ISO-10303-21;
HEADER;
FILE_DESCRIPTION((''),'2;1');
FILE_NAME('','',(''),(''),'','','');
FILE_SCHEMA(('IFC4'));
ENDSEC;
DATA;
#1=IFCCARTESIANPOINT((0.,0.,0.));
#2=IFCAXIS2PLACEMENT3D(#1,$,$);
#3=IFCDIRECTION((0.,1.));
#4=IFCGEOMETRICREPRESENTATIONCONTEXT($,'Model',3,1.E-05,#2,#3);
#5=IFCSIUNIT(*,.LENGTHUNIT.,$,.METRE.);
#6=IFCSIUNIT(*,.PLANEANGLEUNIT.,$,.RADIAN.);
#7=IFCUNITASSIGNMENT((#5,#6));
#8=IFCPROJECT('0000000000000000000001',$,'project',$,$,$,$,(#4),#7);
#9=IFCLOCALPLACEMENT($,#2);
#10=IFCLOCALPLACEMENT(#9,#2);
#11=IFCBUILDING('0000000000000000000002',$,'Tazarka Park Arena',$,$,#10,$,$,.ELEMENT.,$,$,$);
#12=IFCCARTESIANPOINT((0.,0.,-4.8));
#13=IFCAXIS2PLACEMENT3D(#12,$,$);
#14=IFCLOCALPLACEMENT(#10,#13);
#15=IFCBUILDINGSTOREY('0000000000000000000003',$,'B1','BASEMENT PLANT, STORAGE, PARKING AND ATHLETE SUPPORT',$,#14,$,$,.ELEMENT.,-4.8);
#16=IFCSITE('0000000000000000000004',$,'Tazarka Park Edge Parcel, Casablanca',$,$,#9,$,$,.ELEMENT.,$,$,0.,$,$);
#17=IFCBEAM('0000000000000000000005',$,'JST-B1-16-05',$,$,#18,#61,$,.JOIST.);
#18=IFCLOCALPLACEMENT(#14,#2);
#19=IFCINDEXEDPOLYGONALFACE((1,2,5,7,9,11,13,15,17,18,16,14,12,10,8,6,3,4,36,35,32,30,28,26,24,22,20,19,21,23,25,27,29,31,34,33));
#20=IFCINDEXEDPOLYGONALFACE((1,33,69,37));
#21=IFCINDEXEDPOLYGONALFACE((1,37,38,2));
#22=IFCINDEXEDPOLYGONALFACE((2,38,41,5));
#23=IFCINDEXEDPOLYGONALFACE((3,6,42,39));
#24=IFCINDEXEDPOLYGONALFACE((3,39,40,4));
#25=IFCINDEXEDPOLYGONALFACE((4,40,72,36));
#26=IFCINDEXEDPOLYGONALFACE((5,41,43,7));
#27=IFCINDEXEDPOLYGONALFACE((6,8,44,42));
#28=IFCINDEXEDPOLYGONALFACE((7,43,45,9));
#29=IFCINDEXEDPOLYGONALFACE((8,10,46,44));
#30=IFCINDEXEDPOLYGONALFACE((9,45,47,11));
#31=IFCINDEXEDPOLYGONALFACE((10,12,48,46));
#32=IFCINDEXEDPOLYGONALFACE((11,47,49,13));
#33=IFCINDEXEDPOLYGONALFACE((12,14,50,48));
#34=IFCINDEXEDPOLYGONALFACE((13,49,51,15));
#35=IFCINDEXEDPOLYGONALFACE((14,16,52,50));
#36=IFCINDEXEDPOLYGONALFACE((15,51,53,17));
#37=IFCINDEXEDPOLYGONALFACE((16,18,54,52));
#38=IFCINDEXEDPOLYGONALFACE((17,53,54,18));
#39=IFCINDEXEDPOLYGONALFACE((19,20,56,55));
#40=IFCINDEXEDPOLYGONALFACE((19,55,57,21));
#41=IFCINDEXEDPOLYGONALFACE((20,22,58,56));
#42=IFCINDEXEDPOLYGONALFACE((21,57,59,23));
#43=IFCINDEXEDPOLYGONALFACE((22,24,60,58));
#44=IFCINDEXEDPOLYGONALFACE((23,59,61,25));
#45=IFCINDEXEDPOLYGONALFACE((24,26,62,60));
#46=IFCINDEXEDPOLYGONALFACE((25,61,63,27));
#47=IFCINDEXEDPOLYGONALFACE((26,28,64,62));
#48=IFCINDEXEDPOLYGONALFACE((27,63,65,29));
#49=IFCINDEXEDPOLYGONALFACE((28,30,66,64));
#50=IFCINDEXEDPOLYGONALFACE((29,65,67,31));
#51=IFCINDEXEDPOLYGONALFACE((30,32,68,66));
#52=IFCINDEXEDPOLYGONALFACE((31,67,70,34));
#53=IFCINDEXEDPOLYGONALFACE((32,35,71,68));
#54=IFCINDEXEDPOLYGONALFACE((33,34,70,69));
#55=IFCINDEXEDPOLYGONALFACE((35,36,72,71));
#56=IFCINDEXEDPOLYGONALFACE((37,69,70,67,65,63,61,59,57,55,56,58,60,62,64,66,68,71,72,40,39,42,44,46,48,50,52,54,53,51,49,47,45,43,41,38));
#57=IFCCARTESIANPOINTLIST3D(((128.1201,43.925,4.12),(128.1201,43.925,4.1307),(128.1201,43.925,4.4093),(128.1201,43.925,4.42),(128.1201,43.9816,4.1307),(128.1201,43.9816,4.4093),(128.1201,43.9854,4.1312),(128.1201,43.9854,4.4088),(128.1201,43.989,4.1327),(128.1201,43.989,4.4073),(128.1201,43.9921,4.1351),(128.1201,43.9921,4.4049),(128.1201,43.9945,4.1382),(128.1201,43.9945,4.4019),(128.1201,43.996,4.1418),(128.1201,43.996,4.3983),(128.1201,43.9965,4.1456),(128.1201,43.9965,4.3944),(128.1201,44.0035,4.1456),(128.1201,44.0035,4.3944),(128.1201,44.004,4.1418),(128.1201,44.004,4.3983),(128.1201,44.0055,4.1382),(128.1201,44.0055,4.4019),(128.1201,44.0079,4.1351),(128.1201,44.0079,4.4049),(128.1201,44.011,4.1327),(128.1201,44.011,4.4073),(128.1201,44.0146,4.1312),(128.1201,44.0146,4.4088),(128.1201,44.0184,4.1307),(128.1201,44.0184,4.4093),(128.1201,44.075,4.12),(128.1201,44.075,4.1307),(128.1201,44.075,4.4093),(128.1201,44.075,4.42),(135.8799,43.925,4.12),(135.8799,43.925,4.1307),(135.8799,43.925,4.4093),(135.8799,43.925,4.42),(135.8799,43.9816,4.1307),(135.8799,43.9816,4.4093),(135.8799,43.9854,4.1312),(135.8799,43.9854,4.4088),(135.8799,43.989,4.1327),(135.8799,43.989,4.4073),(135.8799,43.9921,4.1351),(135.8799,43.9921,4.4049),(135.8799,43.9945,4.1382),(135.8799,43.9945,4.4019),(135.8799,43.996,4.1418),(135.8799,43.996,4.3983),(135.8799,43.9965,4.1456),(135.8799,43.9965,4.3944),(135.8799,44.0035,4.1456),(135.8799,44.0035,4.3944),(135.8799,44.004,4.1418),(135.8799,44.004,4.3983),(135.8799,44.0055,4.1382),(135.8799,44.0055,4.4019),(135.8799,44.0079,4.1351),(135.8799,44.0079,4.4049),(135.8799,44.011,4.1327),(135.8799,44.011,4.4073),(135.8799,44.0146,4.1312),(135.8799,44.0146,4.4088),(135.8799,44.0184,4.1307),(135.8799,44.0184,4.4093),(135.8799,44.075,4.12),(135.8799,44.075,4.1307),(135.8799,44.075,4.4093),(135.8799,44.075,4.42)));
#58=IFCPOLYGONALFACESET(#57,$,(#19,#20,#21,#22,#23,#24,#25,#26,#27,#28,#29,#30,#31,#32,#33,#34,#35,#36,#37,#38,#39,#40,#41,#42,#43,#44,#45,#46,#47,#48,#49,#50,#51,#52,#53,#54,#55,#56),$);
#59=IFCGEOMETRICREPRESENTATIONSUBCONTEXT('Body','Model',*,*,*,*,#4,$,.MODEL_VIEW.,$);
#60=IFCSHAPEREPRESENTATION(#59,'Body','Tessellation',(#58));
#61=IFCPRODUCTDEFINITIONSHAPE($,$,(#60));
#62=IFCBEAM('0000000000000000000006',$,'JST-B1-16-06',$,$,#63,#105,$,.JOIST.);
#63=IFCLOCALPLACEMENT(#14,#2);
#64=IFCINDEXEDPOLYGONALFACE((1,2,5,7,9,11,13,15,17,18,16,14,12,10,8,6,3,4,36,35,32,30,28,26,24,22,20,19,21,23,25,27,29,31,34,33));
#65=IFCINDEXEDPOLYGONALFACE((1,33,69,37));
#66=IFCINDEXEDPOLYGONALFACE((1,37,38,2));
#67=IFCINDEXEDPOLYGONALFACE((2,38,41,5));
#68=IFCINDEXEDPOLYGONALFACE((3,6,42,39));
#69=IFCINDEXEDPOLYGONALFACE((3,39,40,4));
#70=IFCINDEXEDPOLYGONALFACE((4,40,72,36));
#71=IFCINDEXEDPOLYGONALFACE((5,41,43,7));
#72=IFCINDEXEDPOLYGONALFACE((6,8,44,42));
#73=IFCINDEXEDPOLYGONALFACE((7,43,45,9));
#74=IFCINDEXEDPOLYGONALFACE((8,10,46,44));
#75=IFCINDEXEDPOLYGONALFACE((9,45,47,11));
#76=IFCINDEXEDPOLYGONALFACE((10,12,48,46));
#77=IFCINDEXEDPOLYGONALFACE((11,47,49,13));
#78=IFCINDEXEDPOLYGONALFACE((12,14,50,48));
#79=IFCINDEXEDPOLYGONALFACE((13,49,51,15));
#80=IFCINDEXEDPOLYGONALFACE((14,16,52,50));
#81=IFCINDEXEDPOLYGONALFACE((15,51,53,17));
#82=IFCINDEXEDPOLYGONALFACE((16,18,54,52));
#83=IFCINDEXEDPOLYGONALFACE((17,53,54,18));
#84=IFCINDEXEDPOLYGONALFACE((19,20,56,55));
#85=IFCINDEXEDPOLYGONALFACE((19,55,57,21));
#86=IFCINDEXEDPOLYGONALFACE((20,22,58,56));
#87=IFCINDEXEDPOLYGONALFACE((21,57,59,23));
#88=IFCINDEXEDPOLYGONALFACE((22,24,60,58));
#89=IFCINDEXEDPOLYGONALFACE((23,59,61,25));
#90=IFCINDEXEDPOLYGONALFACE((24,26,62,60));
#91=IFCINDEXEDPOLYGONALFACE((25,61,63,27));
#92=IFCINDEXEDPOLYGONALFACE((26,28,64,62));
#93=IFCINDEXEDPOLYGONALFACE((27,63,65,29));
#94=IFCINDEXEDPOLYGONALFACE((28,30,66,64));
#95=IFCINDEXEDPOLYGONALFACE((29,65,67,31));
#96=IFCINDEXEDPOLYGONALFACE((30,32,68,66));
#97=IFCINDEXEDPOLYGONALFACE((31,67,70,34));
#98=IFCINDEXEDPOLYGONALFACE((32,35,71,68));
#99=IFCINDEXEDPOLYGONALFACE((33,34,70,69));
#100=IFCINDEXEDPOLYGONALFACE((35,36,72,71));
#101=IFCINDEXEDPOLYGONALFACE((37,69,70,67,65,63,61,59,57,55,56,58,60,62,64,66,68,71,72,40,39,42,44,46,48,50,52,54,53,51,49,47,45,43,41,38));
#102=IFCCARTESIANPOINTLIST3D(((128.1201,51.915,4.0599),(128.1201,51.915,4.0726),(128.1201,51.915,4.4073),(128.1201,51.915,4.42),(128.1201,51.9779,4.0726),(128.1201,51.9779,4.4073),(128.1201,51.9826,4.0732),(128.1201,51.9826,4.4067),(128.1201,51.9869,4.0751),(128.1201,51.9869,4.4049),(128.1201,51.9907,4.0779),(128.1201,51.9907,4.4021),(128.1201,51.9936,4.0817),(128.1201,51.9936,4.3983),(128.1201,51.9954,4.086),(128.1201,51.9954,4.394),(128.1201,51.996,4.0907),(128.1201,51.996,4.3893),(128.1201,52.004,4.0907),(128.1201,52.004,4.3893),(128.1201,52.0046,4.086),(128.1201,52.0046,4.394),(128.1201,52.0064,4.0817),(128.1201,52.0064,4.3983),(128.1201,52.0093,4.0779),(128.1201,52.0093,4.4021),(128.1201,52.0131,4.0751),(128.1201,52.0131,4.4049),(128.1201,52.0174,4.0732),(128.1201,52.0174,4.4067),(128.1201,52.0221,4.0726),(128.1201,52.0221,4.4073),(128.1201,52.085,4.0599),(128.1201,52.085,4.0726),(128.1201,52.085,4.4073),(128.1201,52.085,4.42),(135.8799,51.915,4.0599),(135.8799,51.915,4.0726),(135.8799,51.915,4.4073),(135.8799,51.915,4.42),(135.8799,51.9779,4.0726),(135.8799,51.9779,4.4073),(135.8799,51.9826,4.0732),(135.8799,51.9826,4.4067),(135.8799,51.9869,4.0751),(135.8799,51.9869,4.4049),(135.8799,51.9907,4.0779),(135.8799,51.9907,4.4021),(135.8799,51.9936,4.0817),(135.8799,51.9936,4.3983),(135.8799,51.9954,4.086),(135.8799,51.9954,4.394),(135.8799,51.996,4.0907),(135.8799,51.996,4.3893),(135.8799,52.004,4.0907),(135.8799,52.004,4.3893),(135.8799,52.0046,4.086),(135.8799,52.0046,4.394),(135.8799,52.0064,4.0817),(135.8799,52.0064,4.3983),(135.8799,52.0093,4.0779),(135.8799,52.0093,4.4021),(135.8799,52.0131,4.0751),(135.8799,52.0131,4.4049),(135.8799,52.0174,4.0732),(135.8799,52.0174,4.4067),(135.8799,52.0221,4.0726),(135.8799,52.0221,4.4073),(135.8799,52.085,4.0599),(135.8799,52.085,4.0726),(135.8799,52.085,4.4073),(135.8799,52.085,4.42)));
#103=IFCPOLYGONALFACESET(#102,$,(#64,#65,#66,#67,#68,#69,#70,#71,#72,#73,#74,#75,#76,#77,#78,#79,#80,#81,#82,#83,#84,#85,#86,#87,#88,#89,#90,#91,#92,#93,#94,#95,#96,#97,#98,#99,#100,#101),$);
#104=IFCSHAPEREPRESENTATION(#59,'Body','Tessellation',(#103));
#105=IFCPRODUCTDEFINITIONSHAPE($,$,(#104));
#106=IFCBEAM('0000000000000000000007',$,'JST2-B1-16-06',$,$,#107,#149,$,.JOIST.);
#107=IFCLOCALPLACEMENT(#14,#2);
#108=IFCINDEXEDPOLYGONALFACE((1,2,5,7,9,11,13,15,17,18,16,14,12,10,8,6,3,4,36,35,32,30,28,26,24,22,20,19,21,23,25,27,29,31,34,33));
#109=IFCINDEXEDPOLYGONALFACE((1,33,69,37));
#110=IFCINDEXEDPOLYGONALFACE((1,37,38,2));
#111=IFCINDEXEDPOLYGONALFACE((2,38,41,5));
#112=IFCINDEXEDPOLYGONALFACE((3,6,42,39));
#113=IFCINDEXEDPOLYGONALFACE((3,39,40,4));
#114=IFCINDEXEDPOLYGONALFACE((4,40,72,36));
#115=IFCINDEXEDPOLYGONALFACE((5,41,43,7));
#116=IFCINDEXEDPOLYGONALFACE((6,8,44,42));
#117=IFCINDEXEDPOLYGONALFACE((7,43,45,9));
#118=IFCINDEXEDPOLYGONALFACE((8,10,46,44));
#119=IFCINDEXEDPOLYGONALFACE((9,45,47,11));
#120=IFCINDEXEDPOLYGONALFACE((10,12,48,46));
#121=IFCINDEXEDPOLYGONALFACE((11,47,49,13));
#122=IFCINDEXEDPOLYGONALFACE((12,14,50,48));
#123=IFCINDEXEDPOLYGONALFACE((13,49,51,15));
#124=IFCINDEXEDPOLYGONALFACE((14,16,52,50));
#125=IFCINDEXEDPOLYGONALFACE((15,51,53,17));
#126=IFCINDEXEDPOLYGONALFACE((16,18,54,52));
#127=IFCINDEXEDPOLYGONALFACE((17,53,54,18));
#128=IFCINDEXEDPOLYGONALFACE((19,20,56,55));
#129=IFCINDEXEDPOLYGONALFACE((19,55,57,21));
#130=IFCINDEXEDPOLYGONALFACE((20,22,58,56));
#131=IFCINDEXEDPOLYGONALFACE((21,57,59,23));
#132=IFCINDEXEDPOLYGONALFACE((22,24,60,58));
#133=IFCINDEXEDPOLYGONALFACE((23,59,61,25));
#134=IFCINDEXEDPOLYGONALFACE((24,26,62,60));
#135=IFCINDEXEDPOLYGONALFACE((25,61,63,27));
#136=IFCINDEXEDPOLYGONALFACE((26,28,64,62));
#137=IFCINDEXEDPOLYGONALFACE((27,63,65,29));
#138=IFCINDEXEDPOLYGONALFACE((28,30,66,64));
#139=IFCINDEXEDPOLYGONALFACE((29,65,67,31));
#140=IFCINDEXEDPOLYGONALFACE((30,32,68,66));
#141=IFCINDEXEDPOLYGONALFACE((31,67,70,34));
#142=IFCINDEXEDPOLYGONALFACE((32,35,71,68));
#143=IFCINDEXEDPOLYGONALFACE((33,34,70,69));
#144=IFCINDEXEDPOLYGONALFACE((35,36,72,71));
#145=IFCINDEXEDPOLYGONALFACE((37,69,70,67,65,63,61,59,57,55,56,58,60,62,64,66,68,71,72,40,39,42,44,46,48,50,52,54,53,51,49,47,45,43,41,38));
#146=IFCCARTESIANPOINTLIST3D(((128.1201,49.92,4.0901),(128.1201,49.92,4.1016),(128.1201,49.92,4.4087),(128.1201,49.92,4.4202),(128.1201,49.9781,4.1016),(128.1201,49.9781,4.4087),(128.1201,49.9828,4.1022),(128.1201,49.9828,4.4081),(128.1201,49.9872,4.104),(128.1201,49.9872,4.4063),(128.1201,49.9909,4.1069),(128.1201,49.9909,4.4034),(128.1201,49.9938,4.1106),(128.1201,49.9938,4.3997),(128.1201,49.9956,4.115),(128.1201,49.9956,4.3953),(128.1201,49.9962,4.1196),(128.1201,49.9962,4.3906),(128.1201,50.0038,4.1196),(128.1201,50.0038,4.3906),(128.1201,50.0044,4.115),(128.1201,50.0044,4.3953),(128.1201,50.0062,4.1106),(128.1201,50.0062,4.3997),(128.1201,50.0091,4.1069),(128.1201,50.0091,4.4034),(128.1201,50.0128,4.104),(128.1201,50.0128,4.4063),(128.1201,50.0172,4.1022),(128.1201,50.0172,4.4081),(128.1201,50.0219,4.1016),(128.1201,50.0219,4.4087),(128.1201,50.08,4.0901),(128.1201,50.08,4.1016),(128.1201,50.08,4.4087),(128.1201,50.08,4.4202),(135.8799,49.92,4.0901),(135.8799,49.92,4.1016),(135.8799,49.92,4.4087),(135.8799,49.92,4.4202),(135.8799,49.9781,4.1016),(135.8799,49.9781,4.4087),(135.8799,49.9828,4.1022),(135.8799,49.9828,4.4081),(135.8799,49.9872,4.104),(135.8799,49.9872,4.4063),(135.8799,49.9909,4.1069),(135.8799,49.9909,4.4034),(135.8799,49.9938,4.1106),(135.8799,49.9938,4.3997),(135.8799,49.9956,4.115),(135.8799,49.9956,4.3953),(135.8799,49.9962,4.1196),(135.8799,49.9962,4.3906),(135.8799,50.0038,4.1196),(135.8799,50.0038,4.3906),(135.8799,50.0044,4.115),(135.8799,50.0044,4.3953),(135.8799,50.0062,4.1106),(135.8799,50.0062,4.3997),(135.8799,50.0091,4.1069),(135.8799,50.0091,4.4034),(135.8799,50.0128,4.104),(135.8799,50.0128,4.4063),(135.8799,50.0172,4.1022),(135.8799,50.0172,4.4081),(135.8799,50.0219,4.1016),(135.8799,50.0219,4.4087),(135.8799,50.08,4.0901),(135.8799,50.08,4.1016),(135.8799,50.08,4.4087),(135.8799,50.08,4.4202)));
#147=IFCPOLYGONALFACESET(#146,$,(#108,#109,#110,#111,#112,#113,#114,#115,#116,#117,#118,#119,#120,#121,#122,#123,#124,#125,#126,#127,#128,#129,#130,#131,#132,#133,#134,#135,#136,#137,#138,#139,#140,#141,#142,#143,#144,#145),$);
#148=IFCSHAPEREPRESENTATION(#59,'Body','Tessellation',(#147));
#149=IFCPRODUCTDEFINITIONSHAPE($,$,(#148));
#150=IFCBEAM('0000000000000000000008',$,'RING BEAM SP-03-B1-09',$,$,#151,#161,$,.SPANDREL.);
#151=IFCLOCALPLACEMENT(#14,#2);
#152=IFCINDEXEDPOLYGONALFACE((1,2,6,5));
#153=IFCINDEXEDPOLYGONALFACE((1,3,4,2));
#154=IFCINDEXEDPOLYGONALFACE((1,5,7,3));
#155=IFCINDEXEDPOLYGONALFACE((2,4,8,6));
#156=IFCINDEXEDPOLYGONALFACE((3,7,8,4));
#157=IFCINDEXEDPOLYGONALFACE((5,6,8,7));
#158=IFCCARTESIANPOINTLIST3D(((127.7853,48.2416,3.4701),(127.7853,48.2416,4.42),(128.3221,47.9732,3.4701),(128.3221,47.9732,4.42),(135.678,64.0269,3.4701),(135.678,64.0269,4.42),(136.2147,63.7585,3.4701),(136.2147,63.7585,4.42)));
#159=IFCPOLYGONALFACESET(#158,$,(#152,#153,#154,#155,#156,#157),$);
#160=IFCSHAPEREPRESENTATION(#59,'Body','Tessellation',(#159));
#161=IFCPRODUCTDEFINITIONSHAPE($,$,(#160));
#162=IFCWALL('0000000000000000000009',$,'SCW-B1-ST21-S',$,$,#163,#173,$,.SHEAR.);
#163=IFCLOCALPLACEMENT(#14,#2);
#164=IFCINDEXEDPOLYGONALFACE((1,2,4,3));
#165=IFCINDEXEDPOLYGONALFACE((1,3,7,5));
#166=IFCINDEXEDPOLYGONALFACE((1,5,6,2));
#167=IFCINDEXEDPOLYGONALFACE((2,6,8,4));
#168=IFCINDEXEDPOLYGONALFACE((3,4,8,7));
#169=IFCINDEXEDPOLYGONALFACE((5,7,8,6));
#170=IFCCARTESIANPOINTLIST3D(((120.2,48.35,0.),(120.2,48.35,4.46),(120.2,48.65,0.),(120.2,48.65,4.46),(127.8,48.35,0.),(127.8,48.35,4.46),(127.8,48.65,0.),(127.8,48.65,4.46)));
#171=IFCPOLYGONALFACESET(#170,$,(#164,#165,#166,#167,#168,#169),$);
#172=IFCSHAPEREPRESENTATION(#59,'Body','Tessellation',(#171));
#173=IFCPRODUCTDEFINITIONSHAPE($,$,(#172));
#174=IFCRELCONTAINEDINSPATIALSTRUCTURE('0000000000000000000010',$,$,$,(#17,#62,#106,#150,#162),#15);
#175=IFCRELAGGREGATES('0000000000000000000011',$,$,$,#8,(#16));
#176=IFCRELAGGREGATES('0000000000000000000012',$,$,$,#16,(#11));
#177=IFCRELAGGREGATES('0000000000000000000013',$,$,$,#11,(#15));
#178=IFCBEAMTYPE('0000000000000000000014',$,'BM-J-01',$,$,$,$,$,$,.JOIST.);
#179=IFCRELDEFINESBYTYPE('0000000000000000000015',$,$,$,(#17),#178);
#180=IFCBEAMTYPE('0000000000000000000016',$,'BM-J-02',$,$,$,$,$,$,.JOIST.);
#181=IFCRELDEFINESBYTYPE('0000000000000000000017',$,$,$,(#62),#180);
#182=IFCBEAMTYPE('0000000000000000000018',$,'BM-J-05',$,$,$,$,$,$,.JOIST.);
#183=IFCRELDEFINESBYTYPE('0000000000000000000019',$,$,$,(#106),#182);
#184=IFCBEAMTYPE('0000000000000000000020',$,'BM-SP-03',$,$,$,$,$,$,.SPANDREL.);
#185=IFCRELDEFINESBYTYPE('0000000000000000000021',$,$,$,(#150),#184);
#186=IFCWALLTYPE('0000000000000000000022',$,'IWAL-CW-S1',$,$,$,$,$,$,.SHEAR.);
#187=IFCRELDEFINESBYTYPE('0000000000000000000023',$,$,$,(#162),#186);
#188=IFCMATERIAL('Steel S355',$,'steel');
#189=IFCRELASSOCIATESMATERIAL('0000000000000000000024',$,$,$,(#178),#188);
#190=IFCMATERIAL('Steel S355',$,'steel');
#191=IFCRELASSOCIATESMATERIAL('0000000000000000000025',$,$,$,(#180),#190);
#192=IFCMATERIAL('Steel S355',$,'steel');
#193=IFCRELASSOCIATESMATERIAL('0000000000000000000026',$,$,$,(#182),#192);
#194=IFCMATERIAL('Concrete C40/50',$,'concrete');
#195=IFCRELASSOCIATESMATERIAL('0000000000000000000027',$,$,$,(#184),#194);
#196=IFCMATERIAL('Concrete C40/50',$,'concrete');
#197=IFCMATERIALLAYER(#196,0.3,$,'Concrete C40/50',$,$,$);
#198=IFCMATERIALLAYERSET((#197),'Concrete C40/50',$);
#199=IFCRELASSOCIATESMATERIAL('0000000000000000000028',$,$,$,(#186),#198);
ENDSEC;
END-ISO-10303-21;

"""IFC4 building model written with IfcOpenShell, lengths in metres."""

from ifc_helpers import new_model, si_unit, direction, frame, frame_2d, origin, origin_2d, place, context, subcontext, project, spatial, rectangle, i_section, extrude, material, layer, layer_set, material_profile, profile_set, type_object, element, save


model = new_model("IFC4")

# Units and contexts
model_context = context("Model", 3, precision=1e-05, world=origin(), true_north=direction((0.0, 1.0)))
body_context = subcontext(model_context, "Body", "Model", "MODEL_VIEW")
ifc_project = project(units=[si_unit("LENGTHUNIT", "METRE"), si_unit("PLANEANGLEUNIT", "RADIAN")], contexts=[model_context])

# Site, building, storey
site_placement = place(None, origin())
site = spatial("IfcSite", under=ifc_project, at=site_placement, Name="Tazarka Park Edge Parcel, Casablanca", CompositionType="ELEMENT", RefElevation=0.0)
building_placement = place(site_placement, origin())
building = spatial("IfcBuilding", under=site, at=building_placement, Name="Tazarka Park Arena", CompositionType="ELEMENT")
storey_placement = place(building_placement, frame((0.0, 0.0, -4.8)))
storey = spatial("IfcBuildingStorey", under=building, at=storey_placement, Name="B1", Description="BASEMENT PLANT, STORAGE, PARKING AND ATHLETE SUPPORT", CompositionType="ELEMENT", Elevation=-4.8)

# Beams
ifc_material_1 = material(Name="Steel S355", Category="steel")
ifc_material_profile_1 = material_profile(ifc_material_1, i_section(OverallWidth=0.1499, OverallDepth=0.3, WebThickness=0.0071, FlangeThickness=0.0107, FilletRadius=0.0149, at=origin_2d()), Name="Steel S355")
ifc_profile_set_1 = profile_set([ifc_material_profile_1], Name="Steel S355")
beam_type_1 = type_object("IfcBeamType", Name="BM-J-01", PredefinedType="JOIST", material=ifc_profile_set_1)
beam_1_placement = place(storey_placement, frame((128.1201, 44.0, 4.27), z_axis=(1.0, 0.0, 0.0), x_axis=(0.0, 1.0, 0.0)))
element("IfcBeam", 1, at=beam_1_placement, inside=storey, type_object=beam_type_1, Name="JST-B1-16-05", PredefinedType="JOIST", context=body_context, shape_type="SweptSolid", body=[
    extrude(i_section(OverallWidth=0.1499, OverallDepth=0.3, WebThickness=0.0071, FlangeThickness=0.0107, FilletRadius=0.0149, at=origin_2d()), origin(), (0.0, 0.0, 1.0), 7.7598),
])
ifc_material_2 = material(Name="Steel S355", Category="steel")
ifc_material_profile_2 = material_profile(ifc_material_2, i_section(OverallWidth=0.1699, OverallDepth=0.3601, WebThickness=0.0081, FlangeThickness=0.0127, FilletRadius=0.0181, at=origin_2d()), Name="Steel S355")
ifc_profile_set_2 = profile_set([ifc_material_profile_2], Name="Steel S355")
beam_type_2 = type_object("IfcBeamType", Name="BM-J-02", PredefinedType="JOIST", material=ifc_profile_set_2)
beam_2_placement = place(storey_placement, frame((128.1201, 52.0, 4.24), z_axis=(1.0, 0.0, 0.0), x_axis=(0.0, 1.0, 0.0)))
element("IfcBeam", 2, at=beam_2_placement, inside=storey, type_object=beam_type_2, Name="JST-B1-16-06", PredefinedType="JOIST", context=body_context, shape_type="SweptSolid", body=[
    extrude(i_section(OverallWidth=0.1699, OverallDepth=0.3601, WebThickness=0.0081, FlangeThickness=0.0127, FilletRadius=0.0181, at=origin_2d()), origin(), (0.0, 0.0, 1.0), 7.7598),
])
ifc_material_3 = material(Name="Steel S355", Category="steel")
ifc_material_profile_3 = material_profile(ifc_material_3, i_section(OverallWidth=0.1599, OverallDepth=0.3301, WebThickness=0.0076, FlangeThickness=0.0115, FilletRadius=0.0181, at=origin_2d()), Name="Steel S355")
ifc_profile_set_3 = profile_set([ifc_material_profile_3], Name="Steel S355")
beam_type_3 = type_object("IfcBeamType", Name="BM-J-05", PredefinedType="JOIST", material=ifc_profile_set_3)
beam_3_placement = place(storey_placement, frame((128.1201, 50.0, 4.2551), z_axis=(1.0, 0.0, 0.0), x_axis=(0.0, 1.0, 0.0)))
element("IfcBeam", 3, at=beam_3_placement, inside=storey, type_object=beam_type_3, Name="JST2-B1-16-06", PredefinedType="JOIST", context=body_context, shape_type="SweptSolid", body=[
    extrude(i_section(OverallWidth=0.1599, OverallDepth=0.3301, WebThickness=0.0076, FlangeThickness=0.0115, FilletRadius=0.0181, at=origin_2d()), origin(), (0.0, 0.0, 1.0), 7.7598),
])
ifc_material_4 = material(Name="Concrete C40/50", Category="concrete")
ifc_material_profile_4 = material_profile(ifc_material_4, rectangle(XDim=0.6001, YDim=0.95, at=origin_2d()), Name="Concrete C40/50")
ifc_profile_set_4 = profile_set([ifc_material_profile_4], Name="Concrete C40/50")
beam_type_4 = type_object("IfcBeamType", Name="BM-SP-03", PredefinedType="SPANDREL", material=ifc_profile_set_4)
beam_4_placement = place(storey_placement, frame((128.0537, 48.1074, 3.9451), z_axis=(0.447214, 0.894427, 0.0), x_axis=(-0.894427, 0.447214, 0.0)))
element("IfcBeam", 4, at=beam_4_placement, inside=storey, type_object=beam_type_4, Name="RING BEAM SP-03-B1-09", PredefinedType="SPANDREL", context=body_context, shape_type="SweptSolid", body=[
    extrude(rectangle(XDim=0.6001, YDim=0.95, at=origin_2d()), origin(), (0.0, 0.0, 1.0), 17.6484),
])

# Wall
ifc_material_5 = material(Name="Concrete C40/50", Category="concrete")
ifc_layer_1 = layer(ifc_material_5, 0.3, Name="Concrete C40/50")
ifc_layer_set_1 = layer_set([ifc_layer_1], Name="Concrete C40/50")
wall_type_1 = type_object("IfcWallType", Name="IWAL-CW-S1", PredefinedType="SHEAR", material=ifc_layer_set_1)
wall_1_placement = place(storey_placement, frame((127.8, 48.5, 0.0), z_axis=(0.0, 0.0, 1.0), x_axis=(-1.0, 0.0, 0.0)))
element("IfcWall", 5, at=wall_1_placement, inside=storey, type_object=wall_type_1, Name="SCW-B1-ST21-S", PredefinedType="SHEAR", context=body_context, shape_type="SweptSolid", body=[
    extrude(rectangle(XDim=7.6001, YDim=0.3, at=frame_2d((3.8, 0.0))), origin(), (0.0, 0.0, 1.0), 4.46),
])

save(model, "model.ifc")
